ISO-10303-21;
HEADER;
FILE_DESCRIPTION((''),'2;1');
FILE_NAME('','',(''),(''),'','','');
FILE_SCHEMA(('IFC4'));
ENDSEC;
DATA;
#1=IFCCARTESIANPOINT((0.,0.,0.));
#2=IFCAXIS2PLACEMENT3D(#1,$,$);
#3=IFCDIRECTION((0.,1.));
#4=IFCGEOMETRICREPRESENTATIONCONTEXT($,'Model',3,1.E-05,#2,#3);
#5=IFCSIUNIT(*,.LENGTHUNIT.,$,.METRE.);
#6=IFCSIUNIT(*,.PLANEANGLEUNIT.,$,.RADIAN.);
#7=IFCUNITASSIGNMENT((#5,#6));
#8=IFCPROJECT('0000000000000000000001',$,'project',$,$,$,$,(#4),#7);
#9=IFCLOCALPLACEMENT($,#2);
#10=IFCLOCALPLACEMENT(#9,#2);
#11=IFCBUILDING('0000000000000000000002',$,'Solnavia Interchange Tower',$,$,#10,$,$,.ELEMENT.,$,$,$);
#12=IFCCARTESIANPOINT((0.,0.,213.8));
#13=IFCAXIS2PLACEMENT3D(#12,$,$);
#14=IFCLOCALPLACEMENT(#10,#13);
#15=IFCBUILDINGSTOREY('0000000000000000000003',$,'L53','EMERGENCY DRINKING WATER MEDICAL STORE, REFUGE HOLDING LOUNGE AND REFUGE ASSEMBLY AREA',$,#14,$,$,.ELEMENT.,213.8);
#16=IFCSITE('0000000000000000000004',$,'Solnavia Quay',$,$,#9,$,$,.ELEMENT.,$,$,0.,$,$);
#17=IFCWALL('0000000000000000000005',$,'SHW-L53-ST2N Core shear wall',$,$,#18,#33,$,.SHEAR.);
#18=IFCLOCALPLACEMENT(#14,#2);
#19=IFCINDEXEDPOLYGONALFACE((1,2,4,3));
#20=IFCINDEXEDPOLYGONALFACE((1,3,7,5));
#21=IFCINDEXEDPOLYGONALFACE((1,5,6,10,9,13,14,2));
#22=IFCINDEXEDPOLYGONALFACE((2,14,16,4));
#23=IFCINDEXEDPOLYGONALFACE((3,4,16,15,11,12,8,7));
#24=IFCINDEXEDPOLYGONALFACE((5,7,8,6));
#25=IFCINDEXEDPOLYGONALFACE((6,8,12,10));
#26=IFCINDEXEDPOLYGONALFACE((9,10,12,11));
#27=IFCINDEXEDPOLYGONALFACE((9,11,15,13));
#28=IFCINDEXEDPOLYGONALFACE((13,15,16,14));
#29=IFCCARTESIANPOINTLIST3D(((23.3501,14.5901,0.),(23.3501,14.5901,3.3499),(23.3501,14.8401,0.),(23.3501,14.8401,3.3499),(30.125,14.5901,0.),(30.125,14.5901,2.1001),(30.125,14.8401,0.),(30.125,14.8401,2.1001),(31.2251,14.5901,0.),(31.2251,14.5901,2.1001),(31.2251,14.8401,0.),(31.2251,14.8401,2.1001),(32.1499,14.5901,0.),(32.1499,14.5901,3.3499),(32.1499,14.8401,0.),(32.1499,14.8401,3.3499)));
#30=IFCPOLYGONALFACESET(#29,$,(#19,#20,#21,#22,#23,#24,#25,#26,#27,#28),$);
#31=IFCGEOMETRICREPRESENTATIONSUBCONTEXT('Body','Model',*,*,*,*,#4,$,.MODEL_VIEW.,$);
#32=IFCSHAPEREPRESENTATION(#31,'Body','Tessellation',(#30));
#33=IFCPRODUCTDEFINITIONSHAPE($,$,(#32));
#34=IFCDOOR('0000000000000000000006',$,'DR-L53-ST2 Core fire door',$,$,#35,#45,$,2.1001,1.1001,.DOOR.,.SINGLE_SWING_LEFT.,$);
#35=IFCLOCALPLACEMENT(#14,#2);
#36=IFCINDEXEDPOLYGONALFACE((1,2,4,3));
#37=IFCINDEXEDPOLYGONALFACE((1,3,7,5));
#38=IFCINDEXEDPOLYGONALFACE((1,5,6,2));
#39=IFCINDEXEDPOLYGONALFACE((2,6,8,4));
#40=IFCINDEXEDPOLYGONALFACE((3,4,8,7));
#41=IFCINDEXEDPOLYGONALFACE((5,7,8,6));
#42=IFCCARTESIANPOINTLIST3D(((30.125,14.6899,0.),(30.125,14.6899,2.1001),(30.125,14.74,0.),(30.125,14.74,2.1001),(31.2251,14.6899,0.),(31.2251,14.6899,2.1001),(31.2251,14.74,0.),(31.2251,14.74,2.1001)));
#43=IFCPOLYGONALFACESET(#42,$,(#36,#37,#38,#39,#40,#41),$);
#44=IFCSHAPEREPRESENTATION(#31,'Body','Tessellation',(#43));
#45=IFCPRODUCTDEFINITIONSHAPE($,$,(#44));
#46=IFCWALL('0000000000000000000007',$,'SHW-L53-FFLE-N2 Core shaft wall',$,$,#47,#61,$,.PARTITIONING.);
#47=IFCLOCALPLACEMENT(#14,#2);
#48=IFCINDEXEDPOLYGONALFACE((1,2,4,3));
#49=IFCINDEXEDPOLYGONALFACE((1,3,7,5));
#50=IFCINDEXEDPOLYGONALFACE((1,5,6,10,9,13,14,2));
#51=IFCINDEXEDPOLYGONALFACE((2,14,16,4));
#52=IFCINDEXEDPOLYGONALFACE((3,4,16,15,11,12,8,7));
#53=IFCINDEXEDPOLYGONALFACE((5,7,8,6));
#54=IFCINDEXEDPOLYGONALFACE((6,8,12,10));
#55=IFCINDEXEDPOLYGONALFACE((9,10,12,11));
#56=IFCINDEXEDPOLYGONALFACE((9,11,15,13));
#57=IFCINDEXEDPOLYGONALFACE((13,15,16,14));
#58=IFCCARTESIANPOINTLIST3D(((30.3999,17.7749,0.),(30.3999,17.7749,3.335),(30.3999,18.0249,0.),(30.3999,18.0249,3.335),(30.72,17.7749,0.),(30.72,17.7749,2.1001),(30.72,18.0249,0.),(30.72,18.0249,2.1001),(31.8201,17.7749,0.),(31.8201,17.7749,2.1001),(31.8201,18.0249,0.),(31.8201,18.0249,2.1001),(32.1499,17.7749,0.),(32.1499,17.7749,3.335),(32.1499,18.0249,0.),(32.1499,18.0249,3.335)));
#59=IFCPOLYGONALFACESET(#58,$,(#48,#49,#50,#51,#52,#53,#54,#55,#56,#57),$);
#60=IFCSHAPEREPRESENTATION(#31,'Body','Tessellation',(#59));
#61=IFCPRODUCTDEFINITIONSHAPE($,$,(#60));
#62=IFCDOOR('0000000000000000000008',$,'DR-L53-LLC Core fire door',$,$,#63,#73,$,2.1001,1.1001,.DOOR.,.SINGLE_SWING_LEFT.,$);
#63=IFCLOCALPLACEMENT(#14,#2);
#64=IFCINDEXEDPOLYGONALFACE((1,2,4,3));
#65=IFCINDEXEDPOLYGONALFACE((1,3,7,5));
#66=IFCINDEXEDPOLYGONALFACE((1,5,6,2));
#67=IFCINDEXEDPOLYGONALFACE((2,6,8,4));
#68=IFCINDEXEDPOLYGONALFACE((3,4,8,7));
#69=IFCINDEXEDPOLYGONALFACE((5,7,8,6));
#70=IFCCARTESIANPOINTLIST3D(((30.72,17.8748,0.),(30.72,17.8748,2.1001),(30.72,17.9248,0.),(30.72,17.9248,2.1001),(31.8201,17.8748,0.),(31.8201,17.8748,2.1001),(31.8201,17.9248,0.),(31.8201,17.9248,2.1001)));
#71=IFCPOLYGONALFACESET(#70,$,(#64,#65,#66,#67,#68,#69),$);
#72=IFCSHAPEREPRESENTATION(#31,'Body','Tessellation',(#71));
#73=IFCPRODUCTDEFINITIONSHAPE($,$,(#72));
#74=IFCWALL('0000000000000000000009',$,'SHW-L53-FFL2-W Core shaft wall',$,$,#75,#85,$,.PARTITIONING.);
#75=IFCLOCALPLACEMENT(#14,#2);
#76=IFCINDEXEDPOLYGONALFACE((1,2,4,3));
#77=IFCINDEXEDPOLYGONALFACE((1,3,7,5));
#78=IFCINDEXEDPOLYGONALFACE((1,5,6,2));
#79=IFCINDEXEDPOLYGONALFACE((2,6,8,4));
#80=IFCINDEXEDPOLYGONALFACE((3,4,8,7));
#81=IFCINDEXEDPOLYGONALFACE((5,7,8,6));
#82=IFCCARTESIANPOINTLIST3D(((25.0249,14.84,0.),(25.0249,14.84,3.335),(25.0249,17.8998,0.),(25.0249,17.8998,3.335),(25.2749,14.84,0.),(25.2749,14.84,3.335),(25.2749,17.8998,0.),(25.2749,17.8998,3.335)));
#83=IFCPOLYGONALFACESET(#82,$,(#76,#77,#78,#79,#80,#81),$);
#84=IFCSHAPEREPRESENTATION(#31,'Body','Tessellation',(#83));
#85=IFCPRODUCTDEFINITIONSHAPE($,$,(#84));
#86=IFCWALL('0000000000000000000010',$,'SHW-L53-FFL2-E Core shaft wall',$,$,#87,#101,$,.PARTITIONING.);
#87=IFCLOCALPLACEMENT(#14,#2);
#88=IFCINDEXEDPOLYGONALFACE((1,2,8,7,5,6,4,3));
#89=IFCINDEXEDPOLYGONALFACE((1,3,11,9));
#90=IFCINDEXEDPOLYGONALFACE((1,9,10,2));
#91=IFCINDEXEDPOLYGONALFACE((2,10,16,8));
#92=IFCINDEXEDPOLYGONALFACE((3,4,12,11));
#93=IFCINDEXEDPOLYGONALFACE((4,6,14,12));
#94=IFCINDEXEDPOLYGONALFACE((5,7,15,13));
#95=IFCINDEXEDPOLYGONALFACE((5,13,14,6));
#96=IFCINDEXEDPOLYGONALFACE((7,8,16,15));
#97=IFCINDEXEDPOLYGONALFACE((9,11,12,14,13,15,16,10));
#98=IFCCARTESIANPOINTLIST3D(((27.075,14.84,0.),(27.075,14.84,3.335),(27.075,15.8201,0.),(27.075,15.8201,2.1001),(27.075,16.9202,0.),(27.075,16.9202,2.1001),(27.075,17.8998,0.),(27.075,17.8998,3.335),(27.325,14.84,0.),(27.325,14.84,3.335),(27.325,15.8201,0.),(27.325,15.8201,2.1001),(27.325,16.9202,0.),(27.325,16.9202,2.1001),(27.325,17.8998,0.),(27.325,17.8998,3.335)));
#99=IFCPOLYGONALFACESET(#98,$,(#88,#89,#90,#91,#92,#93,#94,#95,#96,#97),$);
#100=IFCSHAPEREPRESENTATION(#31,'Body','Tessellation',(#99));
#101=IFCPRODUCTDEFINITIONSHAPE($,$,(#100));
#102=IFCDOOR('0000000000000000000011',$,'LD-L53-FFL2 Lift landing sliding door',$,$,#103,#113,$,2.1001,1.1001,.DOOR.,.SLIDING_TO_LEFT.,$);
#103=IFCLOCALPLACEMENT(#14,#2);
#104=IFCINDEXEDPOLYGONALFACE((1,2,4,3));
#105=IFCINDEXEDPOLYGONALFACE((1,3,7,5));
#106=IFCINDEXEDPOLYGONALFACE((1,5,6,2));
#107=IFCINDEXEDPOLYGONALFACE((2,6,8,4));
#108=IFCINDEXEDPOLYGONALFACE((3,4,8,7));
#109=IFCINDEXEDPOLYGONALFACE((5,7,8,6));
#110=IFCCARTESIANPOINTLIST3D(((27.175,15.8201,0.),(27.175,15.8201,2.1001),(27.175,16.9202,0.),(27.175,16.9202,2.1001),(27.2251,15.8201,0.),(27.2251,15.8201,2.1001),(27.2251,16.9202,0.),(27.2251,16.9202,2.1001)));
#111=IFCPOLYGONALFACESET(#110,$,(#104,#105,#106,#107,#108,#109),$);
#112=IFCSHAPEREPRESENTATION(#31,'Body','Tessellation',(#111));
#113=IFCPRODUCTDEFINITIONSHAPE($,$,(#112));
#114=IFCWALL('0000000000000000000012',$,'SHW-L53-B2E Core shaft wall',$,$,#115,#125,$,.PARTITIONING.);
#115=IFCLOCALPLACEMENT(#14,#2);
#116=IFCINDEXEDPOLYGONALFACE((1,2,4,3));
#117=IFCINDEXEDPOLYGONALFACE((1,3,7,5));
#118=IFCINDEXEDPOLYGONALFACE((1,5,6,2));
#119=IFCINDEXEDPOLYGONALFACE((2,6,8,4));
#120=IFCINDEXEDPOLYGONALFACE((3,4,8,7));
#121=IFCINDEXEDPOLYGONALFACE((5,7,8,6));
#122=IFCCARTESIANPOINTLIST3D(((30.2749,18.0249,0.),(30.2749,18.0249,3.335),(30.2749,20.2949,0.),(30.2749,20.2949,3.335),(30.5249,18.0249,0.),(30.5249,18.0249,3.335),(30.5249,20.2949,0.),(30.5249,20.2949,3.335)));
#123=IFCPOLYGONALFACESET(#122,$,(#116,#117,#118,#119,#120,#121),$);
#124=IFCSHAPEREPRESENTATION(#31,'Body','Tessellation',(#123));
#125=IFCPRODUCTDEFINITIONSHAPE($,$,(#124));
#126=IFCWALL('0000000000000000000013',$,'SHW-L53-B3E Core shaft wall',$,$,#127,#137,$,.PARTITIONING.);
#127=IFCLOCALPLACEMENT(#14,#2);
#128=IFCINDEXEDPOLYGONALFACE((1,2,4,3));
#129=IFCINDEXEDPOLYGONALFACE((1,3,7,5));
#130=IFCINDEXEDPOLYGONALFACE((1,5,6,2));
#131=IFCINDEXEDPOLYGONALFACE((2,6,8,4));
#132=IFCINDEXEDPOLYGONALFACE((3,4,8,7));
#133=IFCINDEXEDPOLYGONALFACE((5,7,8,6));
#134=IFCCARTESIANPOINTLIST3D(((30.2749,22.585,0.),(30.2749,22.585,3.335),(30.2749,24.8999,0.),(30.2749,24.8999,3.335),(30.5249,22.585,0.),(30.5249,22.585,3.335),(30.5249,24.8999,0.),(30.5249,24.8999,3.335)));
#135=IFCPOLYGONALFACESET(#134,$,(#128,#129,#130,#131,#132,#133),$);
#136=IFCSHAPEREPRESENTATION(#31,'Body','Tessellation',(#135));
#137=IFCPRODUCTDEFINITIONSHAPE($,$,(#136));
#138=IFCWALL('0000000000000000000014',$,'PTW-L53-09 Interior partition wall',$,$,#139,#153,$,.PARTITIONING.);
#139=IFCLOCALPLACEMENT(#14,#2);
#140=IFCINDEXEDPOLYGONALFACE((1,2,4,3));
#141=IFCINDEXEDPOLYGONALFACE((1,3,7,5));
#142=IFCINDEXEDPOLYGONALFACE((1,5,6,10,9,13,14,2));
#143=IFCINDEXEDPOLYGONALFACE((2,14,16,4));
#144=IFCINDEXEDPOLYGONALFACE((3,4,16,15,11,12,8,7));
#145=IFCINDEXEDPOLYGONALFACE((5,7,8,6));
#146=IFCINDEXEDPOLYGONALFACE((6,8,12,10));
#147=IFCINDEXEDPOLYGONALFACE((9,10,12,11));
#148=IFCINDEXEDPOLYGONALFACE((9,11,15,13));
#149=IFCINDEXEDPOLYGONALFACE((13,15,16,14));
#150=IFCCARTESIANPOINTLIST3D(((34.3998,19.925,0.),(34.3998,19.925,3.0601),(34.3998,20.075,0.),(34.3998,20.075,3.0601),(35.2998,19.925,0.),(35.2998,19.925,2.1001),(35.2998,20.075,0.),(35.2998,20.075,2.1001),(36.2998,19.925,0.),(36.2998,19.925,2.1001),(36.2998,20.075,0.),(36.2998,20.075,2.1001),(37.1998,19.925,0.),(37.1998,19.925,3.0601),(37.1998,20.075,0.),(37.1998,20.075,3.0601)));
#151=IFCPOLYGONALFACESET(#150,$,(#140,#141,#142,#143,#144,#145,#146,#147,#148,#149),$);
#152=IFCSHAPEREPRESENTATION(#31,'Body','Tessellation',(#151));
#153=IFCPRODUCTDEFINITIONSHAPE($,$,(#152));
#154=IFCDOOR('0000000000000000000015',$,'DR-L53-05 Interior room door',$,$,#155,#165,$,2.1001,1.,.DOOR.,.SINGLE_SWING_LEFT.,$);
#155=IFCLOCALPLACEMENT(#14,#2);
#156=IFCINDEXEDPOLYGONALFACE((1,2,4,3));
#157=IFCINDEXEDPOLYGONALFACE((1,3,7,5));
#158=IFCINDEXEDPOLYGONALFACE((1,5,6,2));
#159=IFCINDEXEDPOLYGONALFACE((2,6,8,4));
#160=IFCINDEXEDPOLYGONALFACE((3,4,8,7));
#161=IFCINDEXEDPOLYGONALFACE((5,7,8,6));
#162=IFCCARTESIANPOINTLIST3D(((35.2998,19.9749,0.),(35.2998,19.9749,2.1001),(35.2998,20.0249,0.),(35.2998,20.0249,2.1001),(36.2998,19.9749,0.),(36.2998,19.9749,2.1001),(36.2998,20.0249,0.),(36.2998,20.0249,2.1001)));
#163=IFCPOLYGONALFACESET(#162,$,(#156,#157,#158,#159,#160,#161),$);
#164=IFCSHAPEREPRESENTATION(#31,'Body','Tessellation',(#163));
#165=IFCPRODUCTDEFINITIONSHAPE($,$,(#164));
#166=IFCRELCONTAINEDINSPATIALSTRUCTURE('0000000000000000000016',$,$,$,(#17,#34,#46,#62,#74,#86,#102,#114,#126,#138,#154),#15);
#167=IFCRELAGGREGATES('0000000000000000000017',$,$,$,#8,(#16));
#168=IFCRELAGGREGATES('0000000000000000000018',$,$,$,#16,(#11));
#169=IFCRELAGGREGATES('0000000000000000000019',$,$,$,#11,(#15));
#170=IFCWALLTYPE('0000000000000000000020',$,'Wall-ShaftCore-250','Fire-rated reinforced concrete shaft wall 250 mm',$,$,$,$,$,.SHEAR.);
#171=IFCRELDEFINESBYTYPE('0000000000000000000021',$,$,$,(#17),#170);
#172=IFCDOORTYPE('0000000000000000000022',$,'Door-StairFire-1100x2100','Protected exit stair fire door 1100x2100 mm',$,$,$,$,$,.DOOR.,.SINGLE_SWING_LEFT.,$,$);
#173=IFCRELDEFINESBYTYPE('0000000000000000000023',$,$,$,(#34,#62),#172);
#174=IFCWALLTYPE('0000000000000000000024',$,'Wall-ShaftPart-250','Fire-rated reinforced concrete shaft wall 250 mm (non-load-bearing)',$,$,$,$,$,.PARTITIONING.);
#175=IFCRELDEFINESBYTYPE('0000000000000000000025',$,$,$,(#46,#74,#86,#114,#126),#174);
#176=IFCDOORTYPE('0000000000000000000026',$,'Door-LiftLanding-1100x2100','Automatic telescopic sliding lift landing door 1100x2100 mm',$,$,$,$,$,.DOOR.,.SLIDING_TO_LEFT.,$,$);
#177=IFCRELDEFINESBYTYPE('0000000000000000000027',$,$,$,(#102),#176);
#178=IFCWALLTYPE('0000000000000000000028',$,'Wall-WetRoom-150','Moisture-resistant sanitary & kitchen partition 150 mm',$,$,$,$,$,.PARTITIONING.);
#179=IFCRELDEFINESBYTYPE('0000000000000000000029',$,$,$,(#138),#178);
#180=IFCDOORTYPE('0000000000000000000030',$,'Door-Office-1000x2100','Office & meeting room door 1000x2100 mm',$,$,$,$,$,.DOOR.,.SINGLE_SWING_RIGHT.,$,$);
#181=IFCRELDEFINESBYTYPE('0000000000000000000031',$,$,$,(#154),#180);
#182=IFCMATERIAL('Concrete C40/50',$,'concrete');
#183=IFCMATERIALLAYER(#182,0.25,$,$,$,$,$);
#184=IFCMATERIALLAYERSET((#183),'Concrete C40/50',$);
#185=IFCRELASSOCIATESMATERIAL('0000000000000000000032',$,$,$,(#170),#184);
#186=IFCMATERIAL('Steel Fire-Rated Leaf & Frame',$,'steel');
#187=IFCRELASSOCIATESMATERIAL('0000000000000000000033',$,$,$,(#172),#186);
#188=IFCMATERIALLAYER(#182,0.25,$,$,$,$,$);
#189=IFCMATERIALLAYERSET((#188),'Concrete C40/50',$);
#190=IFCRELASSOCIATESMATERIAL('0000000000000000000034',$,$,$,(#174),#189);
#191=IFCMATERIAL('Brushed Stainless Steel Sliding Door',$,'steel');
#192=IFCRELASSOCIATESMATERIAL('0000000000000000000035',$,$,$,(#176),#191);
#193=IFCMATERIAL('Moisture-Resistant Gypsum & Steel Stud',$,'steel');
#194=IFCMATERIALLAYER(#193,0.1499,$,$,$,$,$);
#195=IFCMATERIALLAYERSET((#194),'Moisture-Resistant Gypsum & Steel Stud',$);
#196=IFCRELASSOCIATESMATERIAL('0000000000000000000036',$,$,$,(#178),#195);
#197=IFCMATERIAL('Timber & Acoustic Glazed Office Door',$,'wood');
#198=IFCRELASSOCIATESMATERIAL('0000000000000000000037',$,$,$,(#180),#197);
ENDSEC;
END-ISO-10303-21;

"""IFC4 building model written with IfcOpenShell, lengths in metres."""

from ifc_helpers import new_model, si_unit, direction, frame, frame_2d, origin, place, context, subcontext, project, spatial, rectangle, extrude, material, layer, layer_set, type_object, element, fill, save


model = new_model("IFC4")

# Units and contexts
model_context = context("Model", 3, precision=1e-05, world=origin(), true_north=direction((0.0, 1.0)))
body_context = subcontext(model_context, "Body", "Model", "MODEL_VIEW")
ifc_project = project(units=[si_unit("LENGTHUNIT", "METRE"), si_unit("PLANEANGLEUNIT", "RADIAN")], contexts=[model_context])

# Site, building, storey
site_placement = place(None, origin())
site = spatial("IfcSite", under=ifc_project, at=site_placement, Name="Solnavia Quay", CompositionType="ELEMENT", RefElevation=0.0)
building_placement = place(site_placement, origin())
building = spatial("IfcBuilding", under=site, at=building_placement, Name="Solnavia Interchange Tower", CompositionType="ELEMENT")
storey_placement = place(building_placement, frame((0.0, 0.0, 213.8)))
storey = spatial("IfcBuildingStorey", under=building, at=storey_placement, Name="L53", Description="EMERGENCY DRINKING WATER MEDICAL STORE, REFUGE HOLDING LOUNGE AND REFUGE ASSEMBLY AREA", CompositionType="ELEMENT", Elevation=213.8)

# Shared definitions
ifc_material_1 = material(Name="Concrete C40/50", Category="concrete")

# Walls, openings, doors
ifc_layer_1 = layer(ifc_material_1, 0.25)
ifc_layer_set_1 = layer_set([ifc_layer_1], Name="Concrete C40/50")
wall_type_1 = type_object("IfcWallType", Name="Wall-ShaftCore-250", Description="Fire-rated reinforced concrete shaft wall 250 mm", PredefinedType="SHEAR", material=ifc_layer_set_1)
wall_1_placement = place(storey_placement, frame((23.3501, 14.7151, 0.0), z_axis=(0.0, 0.0, 1.0), x_axis=(1.0, 0.0, 0.0)))
wall_1 = element("IfcWall", 1, at=wall_1_placement, inside=storey, type_object=wall_type_1, Name="SHW-L53-ST2N Core shear wall", PredefinedType="SHEAR", context=body_context, shape_type="SweptSolid", body=[
    extrude(rectangle(XDim=8.7998, YDim=0.25, at=frame_2d((4.3999, 0.0))), origin(), (0.0, 0.0, 1.0), 3.3499),
])
opening_1_placement = place(wall_1_placement, frame((6.7749, 0.0, 0.0)))
opening_1 = element("IfcOpeningElement", 2, at=opening_1_placement, cuts=wall_1, PredefinedType="OPENING", context=body_context, shape_type="SweptSolid", body=[
    extrude(rectangle(XDim=1.1001, YDim=2.1001, at=frame_2d((0.55, 1.05))), frame((0.0, 0.135, 0.0), z_axis=(0.0, -1.0, 0.0), x_axis=(1.0, 0.0, 0.0)), (0.0, 0.0, 1.0), 0.27),
])
ifc_material_2 = material(Name="Steel Fire-Rated Leaf & Frame", Category="steel")
door_type_1 = type_object("IfcDoorType", Name="Door-StairFire-1100x2100", Description="Protected exit stair fire door 1100x2100 mm", OperationType="SINGLE_SWING_LEFT", PredefinedType="DOOR", material=ifc_material_2)
door_1_placement = place(opening_1_placement, origin())
door_1 = element("IfcDoor", 3, at=door_1_placement, inside=storey, type_object=door_type_1, Name="DR-L53-ST2 Core fire door", OperationType="SINGLE_SWING_LEFT", OverallHeight=2.1001, OverallWidth=1.1001, PredefinedType="DOOR", context=body_context, shape_type="SweptSolid", body=[
    extrude(rectangle(XDim=1.1001, YDim=2.1001, at=frame_2d((0.55, 1.05))), frame((0.0, 0.0249, 0.0), z_axis=(0.0, -1.0, 0.0), x_axis=(1.0, 0.0, 0.0)), (0.0, 0.0, 1.0), 0.05),
])
fill(opening_1, door_1)
ifc_layer_2 = layer(ifc_material_1, 0.25)
ifc_layer_set_2 = layer_set([ifc_layer_2], Name="Concrete C40/50")
wall_type_2 = type_object("IfcWallType", Name="Wall-ShaftPart-250", Description="Fire-rated reinforced concrete shaft wall 250 mm (non-load-bearing)", PredefinedType="PARTITIONING", material=ifc_layer_set_2)
wall_2_placement = place(storey_placement, frame((30.3999, 17.8999, 0.0), z_axis=(0.0, 0.0, 1.0), x_axis=(1.0, 0.0, 0.0)))
wall_2 = element("IfcWall", 4, at=wall_2_placement, inside=storey, type_object=wall_type_2, Name="SHW-L53-FFLE-N2 Core shaft wall", PredefinedType="PARTITIONING", context=body_context, shape_type="SweptSolid", body=[
    extrude(rectangle(XDim=1.75, YDim=0.25, at=frame_2d((0.875, 0.0))), origin(), (0.0, 0.0, 1.0), 3.335),
])
opening_2_placement = place(wall_2_placement, frame((0.3201, 0.0, 0.0)))
opening_2 = element("IfcOpeningElement", 5, at=opening_2_placement, cuts=wall_2, PredefinedType="OPENING", context=body_context, shape_type="SweptSolid", body=[
    extrude(rectangle(XDim=1.1001, YDim=2.1001, at=frame_2d((0.55, 1.05))), frame((0.0, 0.135, 0.0), z_axis=(0.0, -1.0, 0.0), x_axis=(1.0, 0.0, 0.0)), (0.0, 0.0, 1.0), 0.27),
])
door_2_placement = place(opening_2_placement, origin())
door_2 = element("IfcDoor", 6, at=door_2_placement, inside=storey, type_object=door_type_1, Name="DR-L53-LLC Core fire door", OperationType="SINGLE_SWING_LEFT", OverallHeight=2.1001, OverallWidth=1.1001, PredefinedType="DOOR", context=body_context, shape_type="SweptSolid", body=[
    extrude(rectangle(XDim=1.1001, YDim=2.1001, at=frame_2d((0.55, 1.05))), frame((0.0, 0.0249, 0.0), z_axis=(0.0, -1.0, 0.0), x_axis=(1.0, 0.0, 0.0)), (0.0, 0.0, 1.0), 0.05),
])
fill(opening_2, door_2)

# Wall
wall_3_placement = place(storey_placement, frame((25.1499, 14.8401, 0.0), z_axis=(0.0, 0.0, 1.0), x_axis=(0.0, 1.0, 0.0)))
element("IfcWall", 7, at=wall_3_placement, inside=storey, type_object=wall_type_2, Name="SHW-L53-FFL2-W Core shaft wall", PredefinedType="PARTITIONING", context=body_context, shape_type="SweptSolid", body=[
    extrude(rectangle(XDim=3.0598, YDim=0.25, at=frame_2d((1.5298, 0.0))), origin(), (0.0, 0.0, 1.0), 3.335),
])

# Wall, opening, door
wall_4_placement = place(storey_placement, frame((27.2, 14.8401, 0.0), z_axis=(0.0, 0.0, 1.0), x_axis=(0.0, 1.0, 0.0)))
wall_4 = element("IfcWall", 8, at=wall_4_placement, inside=storey, type_object=wall_type_2, Name="SHW-L53-FFL2-E Core shaft wall", PredefinedType="PARTITIONING", context=body_context, shape_type="SweptSolid", body=[
    extrude(rectangle(XDim=3.0598, YDim=0.25, at=frame_2d((1.5298, 0.0))), origin(), (0.0, 0.0, 1.0), 3.335),
])
opening_3_placement = place(wall_4_placement, frame((0.98, 0.0, 0.0)))
opening_3 = element("IfcOpeningElement", 9, at=opening_3_placement, cuts=wall_4, PredefinedType="OPENING", context=body_context, shape_type="SweptSolid", body=[
    extrude(rectangle(XDim=1.1001, YDim=2.1001, at=frame_2d((0.55, 1.05))), frame((0.0, 0.135, 0.0), z_axis=(0.0, -1.0, 0.0), x_axis=(1.0, 0.0, 0.0)), (0.0, 0.0, 1.0), 0.27),
])
ifc_material_3 = material(Name="Brushed Stainless Steel Sliding Door", Category="steel")
door_type_2 = type_object("IfcDoorType", Name="Door-LiftLanding-1100x2100", Description="Automatic telescopic sliding lift landing door 1100x2100 mm", OperationType="SLIDING_TO_LEFT", PredefinedType="DOOR", material=ifc_material_3)
door_3_placement = place(opening_3_placement, origin())
door_3 = element("IfcDoor", 10, at=door_3_placement, inside=storey, type_object=door_type_2, Name="LD-L53-FFL2 Lift landing sliding door", OperationType="SLIDING_TO_LEFT", OverallHeight=2.1001, OverallWidth=1.1001, PredefinedType="DOOR", context=body_context, shape_type="SweptSolid", body=[
    extrude(rectangle(XDim=1.1001, YDim=2.1001, at=frame_2d((0.55, 1.05))), frame((0.0, 0.0249, 0.0), z_axis=(0.0, -1.0, 0.0), x_axis=(1.0, 0.0, 0.0)), (0.0, 0.0, 1.0), 0.05),
])
fill(opening_3, door_3)

# Walls
wall_5_placement = place(storey_placement, frame((30.3999, 18.0249, 0.0), z_axis=(0.0, 0.0, 1.0), x_axis=(0.0, 1.0, 0.0)))
element("IfcWall", 11, at=wall_5_placement, inside=storey, type_object=wall_type_2, Name="SHW-L53-B2E Core shaft wall", PredefinedType="PARTITIONING", context=body_context, shape_type="SweptSolid", body=[
    extrude(rectangle(XDim=2.27, YDim=0.25, at=frame_2d((1.135, 0.0))), origin(), (0.0, 0.0, 1.0), 3.335),
])
wall_6_placement = place(storey_placement, frame((30.3999, 22.585, 0.0), z_axis=(0.0, 0.0, 1.0), x_axis=(0.0, 1.0, 0.0)))
element("IfcWall", 12, at=wall_6_placement, inside=storey, type_object=wall_type_2, Name="SHW-L53-B3E Core shaft wall", PredefinedType="PARTITIONING", context=body_context, shape_type="SweptSolid", body=[
    extrude(rectangle(XDim=2.3149, YDim=0.25, at=frame_2d((1.1575, 0.0))), origin(), (0.0, 0.0, 1.0), 3.335),
])

# Wall, opening, door
ifc_material_4 = material(Name="Moisture-Resistant Gypsum & Steel Stud", Category="steel")
ifc_layer_3 = layer(ifc_material_4, 0.1499)
ifc_layer_set_3 = layer_set([ifc_layer_3], Name="Moisture-Resistant Gypsum & Steel Stud")
wall_type_3 = type_object("IfcWallType", Name="Wall-WetRoom-150", Description="Moisture-resistant sanitary & kitchen partition 150 mm", PredefinedType="PARTITIONING", material=ifc_layer_set_3)
wall_7_placement = place(storey_placement, frame((34.3999, 20.0, 0.0), z_axis=(0.0, 0.0, 1.0), x_axis=(1.0, 0.0, 0.0)))
wall_7 = element("IfcWall", 13, at=wall_7_placement, inside=storey, type_object=wall_type_3, Name="PTW-L53-09 Interior partition wall", PredefinedType="PARTITIONING", context=body_context, shape_type="SweptSolid", body=[
    extrude(rectangle(XDim=2.8, YDim=0.1499, at=frame_2d((1.3999, 0.0))), origin(), (0.0, 0.0, 1.0), 3.0601),
])
opening_4_placement = place(wall_7_placement, frame((0.8999, 0.0, 0.0)))
opening_4 = element("IfcOpeningElement", 14, at=opening_4_placement, cuts=wall_7, PredefinedType="OPENING", context=body_context, shape_type="SweptSolid", body=[
    extrude(rectangle(XDim=1.0, YDim=2.1001, at=frame_2d((0.5, 1.05))), frame((0.0, 0.085, 0.0), z_axis=(0.0, -1.0, 0.0), x_axis=(1.0, 0.0, 0.0)), (0.0, 0.0, 1.0), 0.1699),
])
ifc_material_5 = material(Name="Timber & Acoustic Glazed Office Door", Category="wood")
door_type_3 = type_object("IfcDoorType", Name="Door-Office-1000x2100", Description="Office & meeting room door 1000x2100 mm", OperationType="SINGLE_SWING_RIGHT", PredefinedType="DOOR", material=ifc_material_5)
door_4_placement = place(opening_4_placement, origin())
door_4 = element("IfcDoor", 15, at=door_4_placement, inside=storey, type_object=door_type_3, Name="DR-L53-05 Interior room door", OperationType="SINGLE_SWING_LEFT", OverallHeight=2.1001, OverallWidth=1.0, PredefinedType="DOOR", context=body_context, shape_type="SweptSolid", body=[
    extrude(rectangle(XDim=1.0, YDim=2.1001, at=frame_2d((0.5, 1.05))), frame((0.0, 0.0249, 0.0), z_axis=(0.0, -1.0, 0.0), x_axis=(1.0, 0.0, 0.0)), (0.0, 0.0, 1.0), 0.05),
])
fill(opening_4, door_4)

save(model, "model.ifc")
